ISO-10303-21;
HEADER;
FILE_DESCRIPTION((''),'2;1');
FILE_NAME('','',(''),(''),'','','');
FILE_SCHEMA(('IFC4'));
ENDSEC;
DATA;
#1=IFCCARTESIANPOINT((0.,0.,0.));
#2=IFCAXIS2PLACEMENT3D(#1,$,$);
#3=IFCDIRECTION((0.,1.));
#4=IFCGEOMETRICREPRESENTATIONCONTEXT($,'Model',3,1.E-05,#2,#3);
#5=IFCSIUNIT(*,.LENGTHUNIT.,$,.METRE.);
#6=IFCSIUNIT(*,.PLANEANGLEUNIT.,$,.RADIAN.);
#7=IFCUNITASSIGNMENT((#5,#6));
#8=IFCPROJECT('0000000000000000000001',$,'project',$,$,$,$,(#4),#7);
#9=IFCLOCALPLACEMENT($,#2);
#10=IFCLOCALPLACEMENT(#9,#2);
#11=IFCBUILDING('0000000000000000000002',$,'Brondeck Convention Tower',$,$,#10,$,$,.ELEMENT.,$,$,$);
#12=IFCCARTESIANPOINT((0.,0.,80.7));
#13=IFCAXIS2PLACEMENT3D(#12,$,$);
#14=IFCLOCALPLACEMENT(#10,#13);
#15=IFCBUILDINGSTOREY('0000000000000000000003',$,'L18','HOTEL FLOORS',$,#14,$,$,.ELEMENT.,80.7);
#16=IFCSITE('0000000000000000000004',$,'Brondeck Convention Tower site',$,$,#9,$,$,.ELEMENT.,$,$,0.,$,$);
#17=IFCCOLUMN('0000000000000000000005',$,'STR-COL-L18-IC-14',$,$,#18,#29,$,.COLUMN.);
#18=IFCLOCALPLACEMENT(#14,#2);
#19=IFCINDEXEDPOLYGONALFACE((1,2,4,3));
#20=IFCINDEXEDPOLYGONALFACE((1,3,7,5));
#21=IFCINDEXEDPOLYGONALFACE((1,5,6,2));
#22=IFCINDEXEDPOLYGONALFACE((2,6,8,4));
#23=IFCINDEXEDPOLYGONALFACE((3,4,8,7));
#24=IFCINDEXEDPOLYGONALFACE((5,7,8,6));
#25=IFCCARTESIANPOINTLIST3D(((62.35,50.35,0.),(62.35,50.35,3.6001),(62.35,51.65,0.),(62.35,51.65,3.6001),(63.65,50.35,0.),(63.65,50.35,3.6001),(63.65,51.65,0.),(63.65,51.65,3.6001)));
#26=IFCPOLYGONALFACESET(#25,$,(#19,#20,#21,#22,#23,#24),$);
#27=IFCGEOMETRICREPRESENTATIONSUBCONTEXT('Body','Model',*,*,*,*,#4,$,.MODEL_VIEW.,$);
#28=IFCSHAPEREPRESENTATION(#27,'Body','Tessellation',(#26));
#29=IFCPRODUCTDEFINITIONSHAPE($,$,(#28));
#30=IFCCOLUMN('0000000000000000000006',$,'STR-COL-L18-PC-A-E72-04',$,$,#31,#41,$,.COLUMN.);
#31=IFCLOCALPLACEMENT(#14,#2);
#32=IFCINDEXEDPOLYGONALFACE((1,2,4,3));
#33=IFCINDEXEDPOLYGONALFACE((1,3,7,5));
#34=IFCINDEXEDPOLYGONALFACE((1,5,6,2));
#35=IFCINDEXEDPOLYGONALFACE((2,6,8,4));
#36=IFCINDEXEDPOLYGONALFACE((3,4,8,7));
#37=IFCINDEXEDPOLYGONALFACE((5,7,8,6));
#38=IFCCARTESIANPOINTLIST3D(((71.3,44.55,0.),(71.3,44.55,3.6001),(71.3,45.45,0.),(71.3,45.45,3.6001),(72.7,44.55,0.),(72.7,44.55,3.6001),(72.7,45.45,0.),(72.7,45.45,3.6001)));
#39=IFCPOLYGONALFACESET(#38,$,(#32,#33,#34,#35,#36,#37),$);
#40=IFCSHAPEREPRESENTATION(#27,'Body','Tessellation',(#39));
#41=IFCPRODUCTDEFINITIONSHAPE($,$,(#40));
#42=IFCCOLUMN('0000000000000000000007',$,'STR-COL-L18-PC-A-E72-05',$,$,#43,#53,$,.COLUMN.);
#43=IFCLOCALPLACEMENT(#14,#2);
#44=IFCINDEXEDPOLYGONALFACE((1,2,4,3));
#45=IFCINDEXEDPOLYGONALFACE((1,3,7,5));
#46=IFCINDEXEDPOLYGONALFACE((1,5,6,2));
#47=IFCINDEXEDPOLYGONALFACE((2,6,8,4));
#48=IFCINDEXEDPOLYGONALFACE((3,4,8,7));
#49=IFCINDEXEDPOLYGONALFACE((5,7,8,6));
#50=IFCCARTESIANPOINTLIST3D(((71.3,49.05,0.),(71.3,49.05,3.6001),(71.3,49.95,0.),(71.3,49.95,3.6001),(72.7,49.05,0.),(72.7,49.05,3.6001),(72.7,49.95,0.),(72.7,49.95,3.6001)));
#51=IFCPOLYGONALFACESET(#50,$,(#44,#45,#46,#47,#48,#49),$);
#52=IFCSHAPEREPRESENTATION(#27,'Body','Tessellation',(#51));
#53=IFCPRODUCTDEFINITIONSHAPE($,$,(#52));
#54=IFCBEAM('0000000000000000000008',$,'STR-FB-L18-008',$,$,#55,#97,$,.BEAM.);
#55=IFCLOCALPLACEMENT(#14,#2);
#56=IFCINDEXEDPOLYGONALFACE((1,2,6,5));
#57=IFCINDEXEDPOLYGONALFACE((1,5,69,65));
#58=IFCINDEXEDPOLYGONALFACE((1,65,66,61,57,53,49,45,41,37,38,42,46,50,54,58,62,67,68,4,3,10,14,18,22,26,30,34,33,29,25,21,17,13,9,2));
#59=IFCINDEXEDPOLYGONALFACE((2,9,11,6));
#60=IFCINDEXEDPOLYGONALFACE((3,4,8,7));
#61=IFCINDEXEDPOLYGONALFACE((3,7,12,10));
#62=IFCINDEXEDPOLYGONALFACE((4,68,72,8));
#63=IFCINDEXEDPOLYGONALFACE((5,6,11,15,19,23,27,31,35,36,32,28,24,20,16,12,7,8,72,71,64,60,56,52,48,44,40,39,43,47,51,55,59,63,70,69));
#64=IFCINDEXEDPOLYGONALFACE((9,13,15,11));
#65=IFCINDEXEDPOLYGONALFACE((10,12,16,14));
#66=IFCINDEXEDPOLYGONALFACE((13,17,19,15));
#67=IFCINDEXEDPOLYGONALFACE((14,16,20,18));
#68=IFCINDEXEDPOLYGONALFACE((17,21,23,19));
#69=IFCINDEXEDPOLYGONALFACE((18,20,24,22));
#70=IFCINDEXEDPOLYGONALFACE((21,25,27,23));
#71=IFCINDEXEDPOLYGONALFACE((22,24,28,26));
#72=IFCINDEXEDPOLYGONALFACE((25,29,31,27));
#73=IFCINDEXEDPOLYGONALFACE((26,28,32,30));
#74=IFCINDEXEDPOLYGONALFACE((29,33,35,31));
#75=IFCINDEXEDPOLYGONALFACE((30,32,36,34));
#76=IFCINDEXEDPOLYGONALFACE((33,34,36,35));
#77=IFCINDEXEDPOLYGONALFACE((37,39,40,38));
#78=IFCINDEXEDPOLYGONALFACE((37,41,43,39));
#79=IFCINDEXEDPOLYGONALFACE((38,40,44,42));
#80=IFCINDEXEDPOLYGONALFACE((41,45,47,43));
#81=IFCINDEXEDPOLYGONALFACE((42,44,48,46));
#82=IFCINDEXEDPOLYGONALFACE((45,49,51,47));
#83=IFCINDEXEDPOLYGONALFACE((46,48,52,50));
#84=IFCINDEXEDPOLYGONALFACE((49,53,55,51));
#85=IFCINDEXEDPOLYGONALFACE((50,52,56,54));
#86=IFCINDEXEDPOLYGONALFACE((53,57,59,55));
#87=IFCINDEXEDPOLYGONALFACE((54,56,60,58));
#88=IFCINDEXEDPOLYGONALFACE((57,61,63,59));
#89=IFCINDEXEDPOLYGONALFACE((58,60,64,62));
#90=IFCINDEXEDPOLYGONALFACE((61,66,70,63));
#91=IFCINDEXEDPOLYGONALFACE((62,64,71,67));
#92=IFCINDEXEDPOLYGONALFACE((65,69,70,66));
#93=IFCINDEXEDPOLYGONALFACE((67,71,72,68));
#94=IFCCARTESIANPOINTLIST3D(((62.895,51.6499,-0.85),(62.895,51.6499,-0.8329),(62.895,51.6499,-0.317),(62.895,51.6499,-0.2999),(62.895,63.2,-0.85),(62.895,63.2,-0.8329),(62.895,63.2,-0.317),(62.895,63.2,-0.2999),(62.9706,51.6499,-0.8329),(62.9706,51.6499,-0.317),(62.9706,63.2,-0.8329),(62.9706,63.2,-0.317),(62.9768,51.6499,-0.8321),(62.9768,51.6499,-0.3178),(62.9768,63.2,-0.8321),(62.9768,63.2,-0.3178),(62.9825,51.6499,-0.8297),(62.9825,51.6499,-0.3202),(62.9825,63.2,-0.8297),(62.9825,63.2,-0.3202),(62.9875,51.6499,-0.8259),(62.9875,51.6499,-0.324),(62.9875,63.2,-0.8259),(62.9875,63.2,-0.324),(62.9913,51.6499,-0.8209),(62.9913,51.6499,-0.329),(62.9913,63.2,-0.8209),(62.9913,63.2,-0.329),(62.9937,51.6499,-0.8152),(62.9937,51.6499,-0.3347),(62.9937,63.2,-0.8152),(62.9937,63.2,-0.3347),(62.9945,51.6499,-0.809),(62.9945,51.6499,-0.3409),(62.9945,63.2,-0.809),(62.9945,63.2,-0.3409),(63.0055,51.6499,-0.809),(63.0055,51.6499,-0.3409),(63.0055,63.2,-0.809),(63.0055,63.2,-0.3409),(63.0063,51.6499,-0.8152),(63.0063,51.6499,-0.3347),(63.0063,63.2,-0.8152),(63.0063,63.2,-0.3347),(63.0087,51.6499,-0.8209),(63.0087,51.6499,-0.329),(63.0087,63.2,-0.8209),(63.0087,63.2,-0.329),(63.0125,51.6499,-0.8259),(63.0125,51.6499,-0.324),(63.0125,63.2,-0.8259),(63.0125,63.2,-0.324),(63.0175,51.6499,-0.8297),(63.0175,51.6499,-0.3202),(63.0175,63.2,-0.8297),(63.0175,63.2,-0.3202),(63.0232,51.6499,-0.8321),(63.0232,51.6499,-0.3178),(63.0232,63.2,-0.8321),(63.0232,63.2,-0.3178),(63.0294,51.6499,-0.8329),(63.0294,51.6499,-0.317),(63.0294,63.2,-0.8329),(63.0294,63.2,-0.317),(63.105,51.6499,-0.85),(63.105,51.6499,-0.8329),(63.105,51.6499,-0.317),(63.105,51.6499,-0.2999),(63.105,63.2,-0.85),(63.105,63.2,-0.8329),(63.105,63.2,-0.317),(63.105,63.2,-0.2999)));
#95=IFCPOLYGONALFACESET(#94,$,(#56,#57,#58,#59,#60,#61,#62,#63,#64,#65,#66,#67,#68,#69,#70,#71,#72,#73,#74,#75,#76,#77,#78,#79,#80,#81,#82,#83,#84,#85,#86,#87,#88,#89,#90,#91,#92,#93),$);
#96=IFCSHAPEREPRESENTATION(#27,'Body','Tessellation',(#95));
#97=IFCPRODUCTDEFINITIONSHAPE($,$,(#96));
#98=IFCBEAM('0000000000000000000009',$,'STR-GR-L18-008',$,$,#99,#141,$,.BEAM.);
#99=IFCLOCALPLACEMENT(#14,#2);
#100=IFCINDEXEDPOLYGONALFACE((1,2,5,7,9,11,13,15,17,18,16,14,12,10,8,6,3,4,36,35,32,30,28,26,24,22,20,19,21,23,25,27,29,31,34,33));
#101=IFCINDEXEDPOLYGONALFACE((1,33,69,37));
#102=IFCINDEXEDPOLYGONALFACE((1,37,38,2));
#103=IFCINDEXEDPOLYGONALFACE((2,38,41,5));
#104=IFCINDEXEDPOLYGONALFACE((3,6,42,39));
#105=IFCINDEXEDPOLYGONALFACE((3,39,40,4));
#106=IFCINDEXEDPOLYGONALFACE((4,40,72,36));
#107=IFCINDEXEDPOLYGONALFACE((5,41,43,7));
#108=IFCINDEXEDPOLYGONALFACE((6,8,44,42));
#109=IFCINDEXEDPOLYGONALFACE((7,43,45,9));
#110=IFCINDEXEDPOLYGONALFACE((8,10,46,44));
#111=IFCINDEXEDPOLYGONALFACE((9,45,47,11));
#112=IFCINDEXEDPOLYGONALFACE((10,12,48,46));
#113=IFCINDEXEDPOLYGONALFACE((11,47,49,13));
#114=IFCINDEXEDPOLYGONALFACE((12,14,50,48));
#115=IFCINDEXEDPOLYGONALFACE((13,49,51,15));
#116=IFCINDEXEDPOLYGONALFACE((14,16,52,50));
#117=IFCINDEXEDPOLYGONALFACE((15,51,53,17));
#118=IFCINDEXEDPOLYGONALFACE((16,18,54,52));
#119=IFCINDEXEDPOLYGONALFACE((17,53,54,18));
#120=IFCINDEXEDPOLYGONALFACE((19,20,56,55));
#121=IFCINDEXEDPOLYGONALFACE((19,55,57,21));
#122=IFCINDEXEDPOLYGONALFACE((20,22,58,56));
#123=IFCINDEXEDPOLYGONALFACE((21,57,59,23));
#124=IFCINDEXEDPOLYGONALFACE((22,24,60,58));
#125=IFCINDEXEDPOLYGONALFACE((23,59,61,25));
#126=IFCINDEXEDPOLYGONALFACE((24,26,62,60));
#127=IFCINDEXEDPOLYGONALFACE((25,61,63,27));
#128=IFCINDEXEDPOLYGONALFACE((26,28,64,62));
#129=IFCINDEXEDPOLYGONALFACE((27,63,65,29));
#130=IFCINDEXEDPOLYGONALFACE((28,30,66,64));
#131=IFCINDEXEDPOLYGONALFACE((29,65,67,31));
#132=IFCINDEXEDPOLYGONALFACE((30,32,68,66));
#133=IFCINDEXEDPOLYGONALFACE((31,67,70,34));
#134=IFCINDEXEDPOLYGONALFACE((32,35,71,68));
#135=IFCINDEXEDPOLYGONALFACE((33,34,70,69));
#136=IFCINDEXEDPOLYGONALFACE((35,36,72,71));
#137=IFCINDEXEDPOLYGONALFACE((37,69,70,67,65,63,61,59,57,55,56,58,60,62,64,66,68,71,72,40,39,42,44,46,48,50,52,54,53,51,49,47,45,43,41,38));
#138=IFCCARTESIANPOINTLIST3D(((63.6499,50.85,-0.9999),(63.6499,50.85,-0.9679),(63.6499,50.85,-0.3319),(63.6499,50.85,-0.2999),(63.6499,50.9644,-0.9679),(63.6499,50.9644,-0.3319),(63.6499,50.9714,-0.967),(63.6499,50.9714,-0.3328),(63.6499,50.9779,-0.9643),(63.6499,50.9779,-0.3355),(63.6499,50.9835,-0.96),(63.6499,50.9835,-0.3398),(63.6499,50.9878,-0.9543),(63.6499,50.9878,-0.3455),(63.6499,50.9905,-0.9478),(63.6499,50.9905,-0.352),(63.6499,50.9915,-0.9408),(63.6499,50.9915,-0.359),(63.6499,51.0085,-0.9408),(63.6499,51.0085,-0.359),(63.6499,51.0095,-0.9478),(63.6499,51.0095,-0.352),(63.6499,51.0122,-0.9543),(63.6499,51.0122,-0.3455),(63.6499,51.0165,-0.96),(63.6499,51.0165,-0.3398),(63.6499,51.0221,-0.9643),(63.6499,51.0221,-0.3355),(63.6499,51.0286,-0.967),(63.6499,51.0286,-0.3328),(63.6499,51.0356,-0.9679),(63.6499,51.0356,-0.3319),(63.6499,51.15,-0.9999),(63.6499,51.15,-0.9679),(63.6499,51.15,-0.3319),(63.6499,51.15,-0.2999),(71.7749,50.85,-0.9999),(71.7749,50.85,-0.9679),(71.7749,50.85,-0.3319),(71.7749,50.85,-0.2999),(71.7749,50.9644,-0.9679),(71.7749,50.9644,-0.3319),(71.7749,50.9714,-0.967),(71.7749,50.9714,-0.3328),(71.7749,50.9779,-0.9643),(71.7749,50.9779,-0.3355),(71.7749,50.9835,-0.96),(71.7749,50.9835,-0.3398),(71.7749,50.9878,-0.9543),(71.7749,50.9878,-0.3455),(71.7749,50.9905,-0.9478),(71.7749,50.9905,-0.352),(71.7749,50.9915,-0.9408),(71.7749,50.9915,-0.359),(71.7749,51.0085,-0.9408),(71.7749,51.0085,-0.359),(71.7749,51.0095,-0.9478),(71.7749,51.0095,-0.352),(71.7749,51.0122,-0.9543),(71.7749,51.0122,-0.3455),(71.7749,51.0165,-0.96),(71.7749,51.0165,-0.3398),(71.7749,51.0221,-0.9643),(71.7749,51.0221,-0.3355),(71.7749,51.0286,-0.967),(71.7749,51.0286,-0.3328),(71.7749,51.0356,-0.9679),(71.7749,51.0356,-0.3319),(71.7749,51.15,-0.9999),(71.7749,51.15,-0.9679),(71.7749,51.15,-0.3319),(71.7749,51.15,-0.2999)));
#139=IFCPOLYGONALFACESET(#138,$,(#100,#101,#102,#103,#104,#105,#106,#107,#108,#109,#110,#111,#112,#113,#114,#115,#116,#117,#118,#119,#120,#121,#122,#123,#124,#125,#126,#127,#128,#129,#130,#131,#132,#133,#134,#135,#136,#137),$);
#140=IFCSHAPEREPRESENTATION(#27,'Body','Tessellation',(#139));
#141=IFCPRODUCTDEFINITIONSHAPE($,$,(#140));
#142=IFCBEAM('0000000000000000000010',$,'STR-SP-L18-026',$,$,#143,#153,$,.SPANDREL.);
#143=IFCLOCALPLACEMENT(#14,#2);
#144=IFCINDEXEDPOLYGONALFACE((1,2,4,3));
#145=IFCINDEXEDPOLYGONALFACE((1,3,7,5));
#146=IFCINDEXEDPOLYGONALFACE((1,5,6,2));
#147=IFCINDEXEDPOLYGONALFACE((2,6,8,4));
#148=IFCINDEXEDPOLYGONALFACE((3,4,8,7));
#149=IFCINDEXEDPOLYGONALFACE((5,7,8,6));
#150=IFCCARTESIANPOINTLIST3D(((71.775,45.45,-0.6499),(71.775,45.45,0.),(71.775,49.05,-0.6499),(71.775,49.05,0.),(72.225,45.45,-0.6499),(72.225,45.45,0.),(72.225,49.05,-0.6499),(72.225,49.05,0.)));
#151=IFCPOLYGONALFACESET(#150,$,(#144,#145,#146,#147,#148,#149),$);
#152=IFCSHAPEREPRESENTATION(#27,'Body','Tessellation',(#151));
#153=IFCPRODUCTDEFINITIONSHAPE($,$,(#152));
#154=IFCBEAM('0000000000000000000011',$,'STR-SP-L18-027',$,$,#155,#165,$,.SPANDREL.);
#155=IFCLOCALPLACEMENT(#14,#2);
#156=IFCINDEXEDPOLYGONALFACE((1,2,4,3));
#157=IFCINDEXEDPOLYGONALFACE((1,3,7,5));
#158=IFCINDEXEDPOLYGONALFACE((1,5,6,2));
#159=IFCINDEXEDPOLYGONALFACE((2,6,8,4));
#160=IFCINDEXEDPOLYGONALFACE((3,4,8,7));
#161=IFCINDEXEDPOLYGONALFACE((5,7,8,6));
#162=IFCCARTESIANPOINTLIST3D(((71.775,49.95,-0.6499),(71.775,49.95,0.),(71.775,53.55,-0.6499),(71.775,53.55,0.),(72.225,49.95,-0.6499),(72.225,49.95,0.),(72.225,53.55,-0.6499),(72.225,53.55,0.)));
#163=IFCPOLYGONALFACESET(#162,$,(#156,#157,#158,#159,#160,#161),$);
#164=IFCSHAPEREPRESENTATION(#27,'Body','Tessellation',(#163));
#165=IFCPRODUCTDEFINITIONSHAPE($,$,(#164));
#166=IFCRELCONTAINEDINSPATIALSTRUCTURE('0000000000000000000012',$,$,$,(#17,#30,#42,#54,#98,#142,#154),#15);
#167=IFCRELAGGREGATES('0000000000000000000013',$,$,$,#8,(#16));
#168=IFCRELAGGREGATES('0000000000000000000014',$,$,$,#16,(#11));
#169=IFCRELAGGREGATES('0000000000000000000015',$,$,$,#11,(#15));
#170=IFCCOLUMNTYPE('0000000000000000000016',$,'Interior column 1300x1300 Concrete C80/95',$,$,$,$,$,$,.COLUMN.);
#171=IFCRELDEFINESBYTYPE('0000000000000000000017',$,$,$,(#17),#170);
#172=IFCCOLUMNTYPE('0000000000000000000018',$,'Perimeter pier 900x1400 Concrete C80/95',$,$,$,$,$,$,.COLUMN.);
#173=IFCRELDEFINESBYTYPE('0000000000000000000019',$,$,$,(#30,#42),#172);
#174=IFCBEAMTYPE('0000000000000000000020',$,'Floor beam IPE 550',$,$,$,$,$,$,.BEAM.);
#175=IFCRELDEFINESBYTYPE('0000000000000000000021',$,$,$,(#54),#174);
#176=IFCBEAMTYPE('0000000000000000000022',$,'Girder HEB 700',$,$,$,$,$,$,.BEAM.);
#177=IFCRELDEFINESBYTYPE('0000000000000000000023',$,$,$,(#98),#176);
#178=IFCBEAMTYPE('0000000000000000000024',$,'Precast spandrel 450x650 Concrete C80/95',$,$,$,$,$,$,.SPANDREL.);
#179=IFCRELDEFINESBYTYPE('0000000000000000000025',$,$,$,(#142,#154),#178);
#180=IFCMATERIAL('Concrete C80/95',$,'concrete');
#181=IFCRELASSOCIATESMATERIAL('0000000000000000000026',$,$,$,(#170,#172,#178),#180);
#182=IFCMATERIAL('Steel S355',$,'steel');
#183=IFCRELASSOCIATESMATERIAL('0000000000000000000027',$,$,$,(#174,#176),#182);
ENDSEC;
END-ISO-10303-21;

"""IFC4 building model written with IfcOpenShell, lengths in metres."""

from ifc_helpers import new_model, si_unit, direction, frame, origin, origin_2d, place, context, subcontext, project, spatial, rectangle, i_section, extrude, material, material_profile, profile_set, type_object, element, save


model = new_model("IFC4")

# Units and contexts
model_context = context("Model", 3, precision=1e-05, world=origin(), true_north=direction((0.0, 1.0)))
body_context = subcontext(model_context, "Body", "Model", "MODEL_VIEW")
ifc_project = project(units=[si_unit("LENGTHUNIT", "METRE"), si_unit("PLANEANGLEUNIT", "RADIAN")], contexts=[model_context])

# Site, building, storey
site_placement = place(None, origin())
site = spatial("IfcSite", under=ifc_project, at=site_placement, Name="Brondeck Convention Tower site", CompositionType="ELEMENT", RefElevation=0.0)
building_placement = place(site_placement, origin())
building = spatial("IfcBuilding", under=site, at=building_placement, Name="Brondeck Convention Tower", CompositionType="ELEMENT")
storey_placement = place(building_placement, frame((0.0, 0.0, 80.7)))
storey = spatial("IfcBuildingStorey", under=building, at=storey_placement, Name="L18", Description="HOTEL FLOORS", CompositionType="ELEMENT", Elevation=80.7)

# Columns
ifc_material_1 = material(Name="Concrete C80/95", Category="concrete")
ifc_material_profile_1 = material_profile(ifc_material_1, rectangle(XDim=1.3, YDim=1.3, at=origin_2d()), Name="Interior column 1300x1300 Concrete C80/95")
ifc_profile_set_1 = profile_set([ifc_material_profile_1], Name="Concrete C80/95")
column_type_1 = type_object("IfcColumnType", Name="Interior column 1300x1300 Concrete C80/95", PredefinedType="COLUMN", material=ifc_profile_set_1)
column_placement = place(storey_placement, frame((63.0, 51.0, 0.0), z_axis=(0.0, 0.0, 1.0), x_axis=(1.0, 0.0, 0.0)))
element("IfcColumn", 1, at=column_placement, inside=storey, type_object=column_type_1, Name="STR-COL-L18-IC-14", PredefinedType="COLUMN", context=body_context, shape_type="SweptSolid", body=[
    extrude(rectangle(XDim=1.3, YDim=1.3, at=origin_2d()), origin(), (0.0, 0.0, 1.0), 3.6001),
])
ifc_material_profile_2 = material_profile(ifc_material_1, rectangle(XDim=0.8999, YDim=1.3999, at=origin_2d()), Name="Perimeter pier 900x1400 Concrete C80/95")
ifc_profile_set_2 = profile_set([ifc_material_profile_2], Name="Concrete C80/95")
column_type_2 = type_object("IfcColumnType", Name="Perimeter pier 900x1400 Concrete C80/95", PredefinedType="COLUMN", material=ifc_profile_set_2)
for number, where, z_axis, x_axis, name in (
    (2, (72.0, 45.0, 0.0), (0.0, 0.0, 1.0), (0.0, 1.0, 0.0), "STR-COL-L18-PC-A-E72-04"),
    (3, (72.0, 49.5, 0.0), (0.0, 0.0, 1.0), (0.0, 1.0, 0.0), "STR-COL-L18-PC-A-E72-05"),
):
    element("IfcColumn", number, at=place(storey_placement, frame(where, z_axis=z_axis, x_axis=x_axis)), inside=storey, type_object=column_type_2, Name=name, PredefinedType="COLUMN", context=body_context, shape_type="SweptSolid", body=[
        extrude(rectangle(XDim=0.8999, YDim=1.3999, at=origin_2d()), origin(), (0.0, 0.0, 1.0), 3.6001),
    ])

# Beams
ifc_material_2 = material(Name="Steel S355", Category="steel")
ifc_material_profile_3 = material_profile(ifc_material_2, i_section(OverallWidth=0.21, OverallDepth=0.55, WebThickness=0.011, FlangeThickness=0.0171, FilletRadius=0.0239, at=origin_2d()), Name="IPE 550")
ifc_profile_set_3 = profile_set([ifc_material_profile_3], Name="Steel S355")
beam_type_1 = type_object("IfcBeamType", Name="Floor beam IPE 550", PredefinedType="BEAM", material=ifc_profile_set_3)
beam_1_placement = place(storey_placement, frame((63.0, 51.6499, -0.575), z_axis=(0.0, 1.0, 0.0), x_axis=(-1.0, 0.0, 0.0)))
element("IfcBeam", 4, at=beam_1_placement, inside=storey, type_object=beam_type_1, Name="STR-FB-L18-008", PredefinedType="BEAM", context=body_context, shape_type="SweptSolid", body=[
    extrude(i_section(OverallWidth=0.21, OverallDepth=0.55, WebThickness=0.011, FlangeThickness=0.0171, FilletRadius=0.0239, at=origin_2d()), origin(), (0.0, 0.0, 1.0), 11.55),
])
ifc_material_profile_4 = material_profile(ifc_material_2, i_section(OverallWidth=0.3, OverallDepth=0.7, WebThickness=0.0171, FlangeThickness=0.032, FilletRadius=0.0271, at=origin_2d()), Name="HEB 700")
ifc_profile_set_4 = profile_set([ifc_material_profile_4], Name="Steel S355")
beam_type_2 = type_object("IfcBeamType", Name="Girder HEB 700", PredefinedType="BEAM", material=ifc_profile_set_4)
beam_2_placement = place(storey_placement, frame((63.6499, 51.0, -0.6499), z_axis=(1.0, 0.0, 0.0), x_axis=(0.0, 1.0, 0.0)))
element("IfcBeam", 5, at=beam_2_placement, inside=storey, type_object=beam_type_2, Name="STR-GR-L18-008", PredefinedType="BEAM", context=body_context, shape_type="SweptSolid", body=[
    extrude(i_section(OverallWidth=0.3, OverallDepth=0.7, WebThickness=0.0171, FlangeThickness=0.032, FilletRadius=0.0271, at=origin_2d()), origin(), (0.0, 0.0, 1.0), 8.125),
])
ifc_material_profile_5 = material_profile(ifc_material_1, rectangle(XDim=0.45, YDim=0.6499, at=origin_2d()), Name="Precast spandrel 450x650 Concrete C80/95")
ifc_profile_set_5 = profile_set([ifc_material_profile_5], Name="Concrete C80/95")
beam_type_3 = type_object("IfcBeamType", Name="Precast spandrel 450x650 Concrete C80/95", PredefinedType="SPANDREL", material=ifc_profile_set_5)
for number, where, z_axis, x_axis, name in (
    (6, (72.0, 45.45, -0.325), (0.0, 1.0, 0.0), (-1.0, 0.0, 0.0), "STR-SP-L18-026"),
    (7, (72.0, 49.95, -0.325), (0.0, 1.0, 0.0), (-1.0, 0.0, 0.0), "STR-SP-L18-027"),
):
    element("IfcBeam", number, at=place(storey_placement, frame(where, z_axis=z_axis, x_axis=x_axis)), inside=storey, type_object=beam_type_3, Name=name, PredefinedType="SPANDREL", context=body_context, shape_type="SweptSolid", body=[
        extrude(rectangle(XDim=0.45, YDim=0.6499, at=origin_2d()), origin(), (0.0, 0.0, 1.0), 3.6001),
    ])

save(model, "model.ifc")
